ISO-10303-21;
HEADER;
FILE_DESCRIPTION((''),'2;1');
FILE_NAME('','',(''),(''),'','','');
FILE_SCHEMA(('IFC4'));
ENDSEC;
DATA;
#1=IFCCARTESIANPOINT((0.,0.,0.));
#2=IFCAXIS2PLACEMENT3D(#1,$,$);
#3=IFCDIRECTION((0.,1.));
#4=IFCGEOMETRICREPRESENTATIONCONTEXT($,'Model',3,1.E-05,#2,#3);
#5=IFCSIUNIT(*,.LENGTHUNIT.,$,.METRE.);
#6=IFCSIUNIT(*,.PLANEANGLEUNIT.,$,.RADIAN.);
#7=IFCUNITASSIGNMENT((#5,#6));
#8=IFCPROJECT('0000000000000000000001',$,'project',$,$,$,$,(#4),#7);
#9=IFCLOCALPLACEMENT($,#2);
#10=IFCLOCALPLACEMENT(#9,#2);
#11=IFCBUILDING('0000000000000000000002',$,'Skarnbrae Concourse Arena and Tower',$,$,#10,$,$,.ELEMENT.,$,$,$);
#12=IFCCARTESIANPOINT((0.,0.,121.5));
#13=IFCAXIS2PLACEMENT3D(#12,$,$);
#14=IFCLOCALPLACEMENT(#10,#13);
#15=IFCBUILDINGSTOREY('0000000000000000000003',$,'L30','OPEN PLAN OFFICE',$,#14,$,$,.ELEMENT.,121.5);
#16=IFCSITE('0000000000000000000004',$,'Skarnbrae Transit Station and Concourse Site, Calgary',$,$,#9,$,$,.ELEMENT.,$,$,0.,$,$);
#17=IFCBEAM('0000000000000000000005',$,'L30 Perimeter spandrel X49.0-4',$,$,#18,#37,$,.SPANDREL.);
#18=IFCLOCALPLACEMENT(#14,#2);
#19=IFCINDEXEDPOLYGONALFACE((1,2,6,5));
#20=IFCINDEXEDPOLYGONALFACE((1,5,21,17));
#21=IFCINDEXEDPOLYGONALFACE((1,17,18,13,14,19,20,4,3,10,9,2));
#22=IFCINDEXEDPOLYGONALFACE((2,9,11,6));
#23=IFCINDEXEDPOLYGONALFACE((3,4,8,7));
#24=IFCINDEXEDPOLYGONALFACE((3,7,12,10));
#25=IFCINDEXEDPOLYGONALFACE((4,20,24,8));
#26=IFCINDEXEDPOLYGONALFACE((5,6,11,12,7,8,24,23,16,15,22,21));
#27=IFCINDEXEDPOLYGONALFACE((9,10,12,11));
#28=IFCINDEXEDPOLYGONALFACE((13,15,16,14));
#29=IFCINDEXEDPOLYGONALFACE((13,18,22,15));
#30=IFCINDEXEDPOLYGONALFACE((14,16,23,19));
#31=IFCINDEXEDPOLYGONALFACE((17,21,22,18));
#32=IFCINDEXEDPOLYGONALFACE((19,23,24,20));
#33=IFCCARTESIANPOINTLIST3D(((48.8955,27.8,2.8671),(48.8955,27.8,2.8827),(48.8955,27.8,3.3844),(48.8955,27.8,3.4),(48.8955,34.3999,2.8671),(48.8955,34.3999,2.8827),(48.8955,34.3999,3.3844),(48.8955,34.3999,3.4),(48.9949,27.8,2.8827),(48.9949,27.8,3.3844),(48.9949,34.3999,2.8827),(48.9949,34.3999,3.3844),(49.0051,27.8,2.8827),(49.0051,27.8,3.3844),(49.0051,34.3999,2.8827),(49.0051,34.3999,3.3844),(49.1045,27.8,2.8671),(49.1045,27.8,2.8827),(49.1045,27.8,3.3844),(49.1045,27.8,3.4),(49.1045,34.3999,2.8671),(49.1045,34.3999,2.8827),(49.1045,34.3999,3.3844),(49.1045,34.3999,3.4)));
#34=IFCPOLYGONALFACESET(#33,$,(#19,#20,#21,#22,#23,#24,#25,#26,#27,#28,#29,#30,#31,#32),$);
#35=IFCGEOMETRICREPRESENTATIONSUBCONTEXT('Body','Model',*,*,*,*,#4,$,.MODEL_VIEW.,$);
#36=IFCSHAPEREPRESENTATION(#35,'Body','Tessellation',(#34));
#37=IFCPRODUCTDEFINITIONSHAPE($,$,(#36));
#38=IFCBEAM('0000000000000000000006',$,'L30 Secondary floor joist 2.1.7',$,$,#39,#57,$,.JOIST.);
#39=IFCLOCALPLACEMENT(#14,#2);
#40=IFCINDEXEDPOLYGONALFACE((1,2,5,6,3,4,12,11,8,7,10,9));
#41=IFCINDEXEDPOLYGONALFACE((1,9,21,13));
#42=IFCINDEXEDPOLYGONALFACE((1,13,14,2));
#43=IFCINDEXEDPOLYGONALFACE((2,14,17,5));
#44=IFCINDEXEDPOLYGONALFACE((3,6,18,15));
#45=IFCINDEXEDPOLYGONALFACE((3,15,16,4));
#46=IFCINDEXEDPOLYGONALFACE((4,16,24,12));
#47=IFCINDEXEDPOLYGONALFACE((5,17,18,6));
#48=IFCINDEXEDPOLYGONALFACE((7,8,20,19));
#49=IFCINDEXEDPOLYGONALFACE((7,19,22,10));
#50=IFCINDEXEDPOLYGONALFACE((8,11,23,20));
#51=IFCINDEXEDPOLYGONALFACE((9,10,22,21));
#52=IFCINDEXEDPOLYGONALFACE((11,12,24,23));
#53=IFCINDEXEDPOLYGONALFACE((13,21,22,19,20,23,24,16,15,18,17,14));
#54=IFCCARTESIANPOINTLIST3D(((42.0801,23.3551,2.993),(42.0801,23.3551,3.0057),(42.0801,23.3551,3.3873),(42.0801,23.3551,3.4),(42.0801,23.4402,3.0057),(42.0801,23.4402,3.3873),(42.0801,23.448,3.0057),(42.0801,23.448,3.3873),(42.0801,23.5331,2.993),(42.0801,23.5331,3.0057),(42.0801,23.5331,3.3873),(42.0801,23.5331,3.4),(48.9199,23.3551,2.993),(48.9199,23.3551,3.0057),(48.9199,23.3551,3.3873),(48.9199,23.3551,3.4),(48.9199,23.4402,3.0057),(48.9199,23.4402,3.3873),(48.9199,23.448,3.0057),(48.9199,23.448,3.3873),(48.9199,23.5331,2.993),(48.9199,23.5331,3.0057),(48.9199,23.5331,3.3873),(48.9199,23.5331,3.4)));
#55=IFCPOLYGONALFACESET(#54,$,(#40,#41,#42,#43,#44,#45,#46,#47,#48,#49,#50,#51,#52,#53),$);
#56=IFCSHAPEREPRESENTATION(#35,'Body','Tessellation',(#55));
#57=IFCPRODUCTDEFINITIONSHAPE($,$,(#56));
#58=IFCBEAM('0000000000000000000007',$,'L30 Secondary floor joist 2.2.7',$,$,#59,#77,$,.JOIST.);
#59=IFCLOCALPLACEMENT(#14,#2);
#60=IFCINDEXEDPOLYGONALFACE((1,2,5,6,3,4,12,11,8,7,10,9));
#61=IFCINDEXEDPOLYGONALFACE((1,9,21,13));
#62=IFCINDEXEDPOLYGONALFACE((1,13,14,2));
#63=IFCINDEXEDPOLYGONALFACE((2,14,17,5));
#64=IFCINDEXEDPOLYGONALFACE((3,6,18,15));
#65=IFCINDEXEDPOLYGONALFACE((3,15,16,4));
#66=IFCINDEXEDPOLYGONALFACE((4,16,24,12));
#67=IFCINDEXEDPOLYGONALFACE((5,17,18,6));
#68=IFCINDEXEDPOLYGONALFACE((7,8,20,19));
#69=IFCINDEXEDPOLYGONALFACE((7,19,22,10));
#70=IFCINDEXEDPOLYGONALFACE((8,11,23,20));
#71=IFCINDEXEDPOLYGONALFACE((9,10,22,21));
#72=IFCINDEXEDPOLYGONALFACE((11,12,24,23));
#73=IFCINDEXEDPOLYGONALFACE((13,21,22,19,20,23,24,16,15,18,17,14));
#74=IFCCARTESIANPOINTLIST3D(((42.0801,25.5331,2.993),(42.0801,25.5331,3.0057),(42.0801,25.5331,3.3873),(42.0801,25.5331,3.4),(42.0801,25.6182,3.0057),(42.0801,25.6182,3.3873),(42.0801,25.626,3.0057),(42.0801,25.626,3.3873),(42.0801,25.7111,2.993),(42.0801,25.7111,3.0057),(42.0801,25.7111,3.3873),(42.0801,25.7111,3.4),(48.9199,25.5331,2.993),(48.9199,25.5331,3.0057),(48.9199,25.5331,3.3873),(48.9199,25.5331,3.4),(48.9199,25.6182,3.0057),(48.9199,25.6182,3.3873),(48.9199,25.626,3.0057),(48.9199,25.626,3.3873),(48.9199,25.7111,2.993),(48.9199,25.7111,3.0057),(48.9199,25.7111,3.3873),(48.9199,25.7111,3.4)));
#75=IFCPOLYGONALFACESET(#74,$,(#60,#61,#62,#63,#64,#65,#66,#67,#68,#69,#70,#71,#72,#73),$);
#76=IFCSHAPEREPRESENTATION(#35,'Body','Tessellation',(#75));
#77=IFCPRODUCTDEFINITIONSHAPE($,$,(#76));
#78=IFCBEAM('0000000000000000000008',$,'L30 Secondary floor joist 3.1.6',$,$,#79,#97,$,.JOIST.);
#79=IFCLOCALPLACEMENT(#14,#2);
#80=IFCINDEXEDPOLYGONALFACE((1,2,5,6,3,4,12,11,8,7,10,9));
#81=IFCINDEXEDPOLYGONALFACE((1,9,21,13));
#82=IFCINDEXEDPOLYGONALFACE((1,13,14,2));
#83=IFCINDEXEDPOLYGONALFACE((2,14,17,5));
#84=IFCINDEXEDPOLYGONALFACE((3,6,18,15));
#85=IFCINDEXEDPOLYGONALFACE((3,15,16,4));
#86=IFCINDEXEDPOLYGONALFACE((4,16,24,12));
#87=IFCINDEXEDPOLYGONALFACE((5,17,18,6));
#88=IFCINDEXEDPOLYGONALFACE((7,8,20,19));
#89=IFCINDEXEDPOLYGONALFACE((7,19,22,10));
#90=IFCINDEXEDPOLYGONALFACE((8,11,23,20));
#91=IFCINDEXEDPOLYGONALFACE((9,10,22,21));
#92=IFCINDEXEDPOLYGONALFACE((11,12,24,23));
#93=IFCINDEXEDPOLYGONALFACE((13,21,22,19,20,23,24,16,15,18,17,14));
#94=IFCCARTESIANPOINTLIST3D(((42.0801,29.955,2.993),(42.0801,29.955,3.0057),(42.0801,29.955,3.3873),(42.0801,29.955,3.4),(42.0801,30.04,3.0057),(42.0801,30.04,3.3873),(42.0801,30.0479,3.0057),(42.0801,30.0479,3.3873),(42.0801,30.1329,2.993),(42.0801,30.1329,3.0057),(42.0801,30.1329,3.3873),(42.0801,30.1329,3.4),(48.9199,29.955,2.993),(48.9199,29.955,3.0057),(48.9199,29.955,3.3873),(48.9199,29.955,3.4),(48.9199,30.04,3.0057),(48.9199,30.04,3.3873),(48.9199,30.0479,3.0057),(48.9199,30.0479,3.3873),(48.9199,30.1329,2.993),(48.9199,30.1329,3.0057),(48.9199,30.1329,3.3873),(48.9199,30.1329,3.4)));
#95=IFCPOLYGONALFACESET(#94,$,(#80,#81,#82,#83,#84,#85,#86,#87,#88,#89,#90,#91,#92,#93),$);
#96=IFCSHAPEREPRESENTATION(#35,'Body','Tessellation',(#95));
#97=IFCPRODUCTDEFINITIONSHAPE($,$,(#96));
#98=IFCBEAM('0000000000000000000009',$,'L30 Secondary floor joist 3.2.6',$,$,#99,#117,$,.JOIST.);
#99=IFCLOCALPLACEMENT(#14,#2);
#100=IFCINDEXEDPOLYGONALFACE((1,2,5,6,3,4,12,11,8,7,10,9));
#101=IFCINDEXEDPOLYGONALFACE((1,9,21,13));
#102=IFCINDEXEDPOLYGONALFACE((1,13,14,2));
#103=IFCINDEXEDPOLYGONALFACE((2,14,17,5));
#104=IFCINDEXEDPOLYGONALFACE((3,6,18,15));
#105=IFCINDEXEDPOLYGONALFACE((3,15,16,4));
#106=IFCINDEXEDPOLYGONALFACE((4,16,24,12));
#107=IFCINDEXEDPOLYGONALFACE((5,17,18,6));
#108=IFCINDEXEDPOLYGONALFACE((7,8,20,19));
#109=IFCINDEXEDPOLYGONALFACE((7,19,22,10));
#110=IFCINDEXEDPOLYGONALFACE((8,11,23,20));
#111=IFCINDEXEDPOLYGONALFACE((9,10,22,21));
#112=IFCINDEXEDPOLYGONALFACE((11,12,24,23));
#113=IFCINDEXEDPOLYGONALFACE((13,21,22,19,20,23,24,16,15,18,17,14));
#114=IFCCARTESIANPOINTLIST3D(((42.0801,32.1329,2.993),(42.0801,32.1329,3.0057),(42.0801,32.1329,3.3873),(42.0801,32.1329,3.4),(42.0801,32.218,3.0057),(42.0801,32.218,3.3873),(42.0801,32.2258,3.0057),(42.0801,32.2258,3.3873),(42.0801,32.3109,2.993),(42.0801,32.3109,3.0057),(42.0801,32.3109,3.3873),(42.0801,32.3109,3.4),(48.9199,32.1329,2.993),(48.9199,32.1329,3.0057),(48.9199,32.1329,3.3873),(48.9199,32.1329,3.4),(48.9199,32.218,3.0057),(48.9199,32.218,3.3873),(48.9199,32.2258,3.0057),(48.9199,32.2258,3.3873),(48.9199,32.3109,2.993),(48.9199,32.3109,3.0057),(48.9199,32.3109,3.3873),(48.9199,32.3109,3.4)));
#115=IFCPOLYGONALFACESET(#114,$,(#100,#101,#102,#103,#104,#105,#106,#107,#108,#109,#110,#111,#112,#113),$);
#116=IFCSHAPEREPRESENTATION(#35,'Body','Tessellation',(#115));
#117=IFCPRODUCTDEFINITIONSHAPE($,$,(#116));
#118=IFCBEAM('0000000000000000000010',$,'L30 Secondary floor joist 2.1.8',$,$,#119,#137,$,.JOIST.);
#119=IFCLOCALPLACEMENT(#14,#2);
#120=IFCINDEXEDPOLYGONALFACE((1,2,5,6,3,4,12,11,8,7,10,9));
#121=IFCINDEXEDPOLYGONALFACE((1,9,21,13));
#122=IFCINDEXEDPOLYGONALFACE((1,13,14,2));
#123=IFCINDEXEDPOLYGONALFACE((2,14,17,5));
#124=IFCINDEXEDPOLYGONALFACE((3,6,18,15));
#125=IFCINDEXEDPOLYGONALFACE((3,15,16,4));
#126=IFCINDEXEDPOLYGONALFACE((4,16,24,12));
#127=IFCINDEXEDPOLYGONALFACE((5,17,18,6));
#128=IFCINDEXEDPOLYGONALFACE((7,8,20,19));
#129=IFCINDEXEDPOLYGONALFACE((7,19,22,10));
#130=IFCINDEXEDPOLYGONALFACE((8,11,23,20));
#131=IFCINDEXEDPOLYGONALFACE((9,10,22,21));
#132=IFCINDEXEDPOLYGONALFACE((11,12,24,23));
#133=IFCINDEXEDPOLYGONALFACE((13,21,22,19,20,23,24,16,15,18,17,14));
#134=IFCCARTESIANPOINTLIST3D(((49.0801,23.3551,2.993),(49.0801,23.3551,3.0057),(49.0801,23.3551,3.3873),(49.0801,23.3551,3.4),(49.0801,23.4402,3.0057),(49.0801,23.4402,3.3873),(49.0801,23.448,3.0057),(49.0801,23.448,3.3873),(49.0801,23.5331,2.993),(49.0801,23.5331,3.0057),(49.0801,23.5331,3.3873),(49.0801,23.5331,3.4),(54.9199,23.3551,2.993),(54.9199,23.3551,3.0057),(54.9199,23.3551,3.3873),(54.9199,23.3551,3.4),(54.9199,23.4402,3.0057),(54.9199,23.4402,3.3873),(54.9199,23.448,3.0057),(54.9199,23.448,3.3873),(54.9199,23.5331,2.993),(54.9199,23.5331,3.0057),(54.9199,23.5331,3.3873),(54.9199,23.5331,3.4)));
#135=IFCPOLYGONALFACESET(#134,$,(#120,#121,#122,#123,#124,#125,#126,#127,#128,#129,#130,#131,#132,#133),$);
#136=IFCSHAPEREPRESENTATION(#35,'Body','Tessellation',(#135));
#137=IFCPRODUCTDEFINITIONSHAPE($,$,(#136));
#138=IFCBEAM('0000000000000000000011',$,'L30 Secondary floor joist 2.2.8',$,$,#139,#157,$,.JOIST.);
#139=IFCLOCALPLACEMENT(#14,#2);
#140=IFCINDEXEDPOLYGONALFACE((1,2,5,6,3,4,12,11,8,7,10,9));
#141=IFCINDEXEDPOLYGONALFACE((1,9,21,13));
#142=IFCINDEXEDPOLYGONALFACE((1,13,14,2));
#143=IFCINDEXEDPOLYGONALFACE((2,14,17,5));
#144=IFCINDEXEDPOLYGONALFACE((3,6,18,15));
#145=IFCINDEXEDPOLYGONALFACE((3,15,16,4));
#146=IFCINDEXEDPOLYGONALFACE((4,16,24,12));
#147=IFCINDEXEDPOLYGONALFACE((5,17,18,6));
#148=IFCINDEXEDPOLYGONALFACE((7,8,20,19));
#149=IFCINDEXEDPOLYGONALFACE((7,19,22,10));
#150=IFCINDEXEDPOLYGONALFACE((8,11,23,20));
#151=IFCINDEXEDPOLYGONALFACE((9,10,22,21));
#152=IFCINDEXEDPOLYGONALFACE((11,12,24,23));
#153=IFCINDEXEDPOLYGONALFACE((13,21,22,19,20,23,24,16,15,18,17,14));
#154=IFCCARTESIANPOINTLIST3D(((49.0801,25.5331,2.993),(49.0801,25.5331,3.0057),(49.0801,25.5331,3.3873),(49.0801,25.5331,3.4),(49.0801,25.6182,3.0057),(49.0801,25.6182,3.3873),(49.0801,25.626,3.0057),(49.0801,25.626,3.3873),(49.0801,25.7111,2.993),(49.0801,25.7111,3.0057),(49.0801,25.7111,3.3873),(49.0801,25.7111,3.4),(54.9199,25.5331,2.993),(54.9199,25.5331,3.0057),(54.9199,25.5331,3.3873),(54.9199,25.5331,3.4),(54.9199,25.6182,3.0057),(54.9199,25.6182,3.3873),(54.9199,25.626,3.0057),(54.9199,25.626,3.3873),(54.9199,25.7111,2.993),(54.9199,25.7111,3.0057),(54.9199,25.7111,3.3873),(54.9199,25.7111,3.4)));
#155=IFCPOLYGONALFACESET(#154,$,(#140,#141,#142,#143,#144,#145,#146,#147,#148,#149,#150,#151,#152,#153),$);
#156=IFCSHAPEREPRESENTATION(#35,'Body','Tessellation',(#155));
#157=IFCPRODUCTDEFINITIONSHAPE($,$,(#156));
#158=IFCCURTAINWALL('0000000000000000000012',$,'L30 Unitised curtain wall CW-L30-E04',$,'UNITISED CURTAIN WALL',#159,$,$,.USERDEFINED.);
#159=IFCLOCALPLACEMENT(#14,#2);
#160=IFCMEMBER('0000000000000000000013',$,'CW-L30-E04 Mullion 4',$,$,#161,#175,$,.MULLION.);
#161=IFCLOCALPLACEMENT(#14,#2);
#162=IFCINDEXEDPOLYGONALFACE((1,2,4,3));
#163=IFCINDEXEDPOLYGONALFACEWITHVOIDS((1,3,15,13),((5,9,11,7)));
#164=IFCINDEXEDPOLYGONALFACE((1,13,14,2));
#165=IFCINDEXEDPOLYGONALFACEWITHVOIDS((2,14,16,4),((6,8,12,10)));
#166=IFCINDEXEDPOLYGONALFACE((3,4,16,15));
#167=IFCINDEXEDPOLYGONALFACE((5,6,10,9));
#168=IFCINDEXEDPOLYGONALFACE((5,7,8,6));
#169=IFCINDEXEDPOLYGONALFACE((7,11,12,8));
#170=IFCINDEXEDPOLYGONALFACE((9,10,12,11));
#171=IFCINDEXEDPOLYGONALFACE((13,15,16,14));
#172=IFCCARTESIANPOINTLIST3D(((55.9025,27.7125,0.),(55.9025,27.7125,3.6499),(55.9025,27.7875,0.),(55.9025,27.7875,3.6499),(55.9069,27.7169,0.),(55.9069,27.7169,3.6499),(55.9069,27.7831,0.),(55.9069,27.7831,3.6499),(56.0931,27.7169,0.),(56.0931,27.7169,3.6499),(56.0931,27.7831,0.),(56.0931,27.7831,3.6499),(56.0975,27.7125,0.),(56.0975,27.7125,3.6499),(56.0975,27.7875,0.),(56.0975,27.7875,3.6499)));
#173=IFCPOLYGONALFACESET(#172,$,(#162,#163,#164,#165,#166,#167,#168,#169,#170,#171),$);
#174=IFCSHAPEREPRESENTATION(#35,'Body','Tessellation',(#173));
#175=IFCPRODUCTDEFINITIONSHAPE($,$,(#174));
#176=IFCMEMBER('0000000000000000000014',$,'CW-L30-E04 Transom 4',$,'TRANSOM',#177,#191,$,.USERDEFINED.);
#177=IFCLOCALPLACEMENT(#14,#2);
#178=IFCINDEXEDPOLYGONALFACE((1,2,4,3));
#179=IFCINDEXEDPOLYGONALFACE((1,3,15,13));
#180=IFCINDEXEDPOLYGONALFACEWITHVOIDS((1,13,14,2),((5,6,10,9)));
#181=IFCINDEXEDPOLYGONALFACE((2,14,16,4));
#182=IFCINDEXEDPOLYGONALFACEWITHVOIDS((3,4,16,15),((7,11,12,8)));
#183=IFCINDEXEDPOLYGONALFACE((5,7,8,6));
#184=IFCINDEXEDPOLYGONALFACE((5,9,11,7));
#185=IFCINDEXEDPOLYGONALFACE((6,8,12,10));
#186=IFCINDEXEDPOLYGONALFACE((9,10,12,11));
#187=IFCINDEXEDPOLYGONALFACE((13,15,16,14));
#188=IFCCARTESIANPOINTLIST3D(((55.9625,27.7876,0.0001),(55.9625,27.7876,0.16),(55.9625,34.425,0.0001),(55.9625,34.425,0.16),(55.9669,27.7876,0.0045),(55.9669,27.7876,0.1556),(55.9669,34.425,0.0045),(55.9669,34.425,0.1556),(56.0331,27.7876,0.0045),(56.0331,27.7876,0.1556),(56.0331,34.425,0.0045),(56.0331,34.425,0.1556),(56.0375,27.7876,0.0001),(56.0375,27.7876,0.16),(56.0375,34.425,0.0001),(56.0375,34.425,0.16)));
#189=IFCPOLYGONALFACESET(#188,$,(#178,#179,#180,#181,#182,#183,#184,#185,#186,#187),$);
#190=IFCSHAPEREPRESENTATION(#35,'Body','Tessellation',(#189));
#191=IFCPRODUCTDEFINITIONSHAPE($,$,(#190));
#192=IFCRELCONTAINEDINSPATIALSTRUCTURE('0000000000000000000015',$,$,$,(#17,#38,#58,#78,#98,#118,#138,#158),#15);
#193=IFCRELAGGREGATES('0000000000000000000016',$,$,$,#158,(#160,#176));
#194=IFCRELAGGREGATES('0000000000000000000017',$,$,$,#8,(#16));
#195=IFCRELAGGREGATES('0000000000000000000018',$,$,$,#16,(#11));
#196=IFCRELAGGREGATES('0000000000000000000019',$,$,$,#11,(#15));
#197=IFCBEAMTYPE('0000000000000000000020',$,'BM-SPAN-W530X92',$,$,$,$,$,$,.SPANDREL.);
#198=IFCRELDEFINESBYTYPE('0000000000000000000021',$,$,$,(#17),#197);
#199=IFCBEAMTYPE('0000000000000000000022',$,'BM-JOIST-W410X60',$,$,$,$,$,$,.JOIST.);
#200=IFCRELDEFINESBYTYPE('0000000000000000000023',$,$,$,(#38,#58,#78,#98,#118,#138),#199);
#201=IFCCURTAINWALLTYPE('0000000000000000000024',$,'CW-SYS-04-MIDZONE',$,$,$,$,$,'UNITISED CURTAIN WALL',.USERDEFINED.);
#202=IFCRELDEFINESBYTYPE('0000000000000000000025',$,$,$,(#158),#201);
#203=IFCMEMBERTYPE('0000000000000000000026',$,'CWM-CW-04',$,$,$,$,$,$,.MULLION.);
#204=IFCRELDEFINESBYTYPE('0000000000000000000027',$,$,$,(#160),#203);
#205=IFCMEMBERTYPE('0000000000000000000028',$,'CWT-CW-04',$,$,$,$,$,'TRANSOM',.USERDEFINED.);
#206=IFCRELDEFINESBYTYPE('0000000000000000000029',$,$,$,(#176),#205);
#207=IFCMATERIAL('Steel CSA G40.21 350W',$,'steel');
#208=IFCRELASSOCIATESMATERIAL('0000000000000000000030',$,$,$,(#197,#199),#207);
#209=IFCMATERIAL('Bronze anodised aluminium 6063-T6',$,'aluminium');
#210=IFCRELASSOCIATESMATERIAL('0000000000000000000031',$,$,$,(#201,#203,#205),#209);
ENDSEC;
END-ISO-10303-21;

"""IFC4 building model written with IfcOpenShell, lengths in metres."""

from ifc_helpers import new_model, si_unit, direction, frame, origin, origin_2d, place, context, subcontext, project, spatial, hollow_rectangle, i_section, extrude, source, transform, mapped, material, material_profile, profile_set, type_object, element, aggregate, save


model = new_model("IFC4")

# Units and contexts
model_context = context("Model", 3, precision=1e-05, world=origin(), true_north=direction((0.0, 1.0)))
body_context = subcontext(model_context, "Body", "Model", "MODEL_VIEW")
ifc_project = project(units=[si_unit("LENGTHUNIT", "METRE"), si_unit("PLANEANGLEUNIT", "RADIAN")], contexts=[model_context])

# Site, building, storey
site_placement = place(None, origin())
site = spatial("IfcSite", under=ifc_project, at=site_placement, Name="Skarnbrae Transit Station and Concourse Site, Calgary", CompositionType="ELEMENT", RefElevation=0.0)
building_placement = place(site_placement, origin())
building = spatial("IfcBuilding", under=site, at=building_placement, Name="Skarnbrae Concourse Arena and Tower", CompositionType="ELEMENT")
storey_placement = place(building_placement, frame((0.0, 0.0, 121.5)))
storey = spatial("IfcBuildingStorey", under=building, at=storey_placement, Name="L30", Description="OPEN PLAN OFFICE", CompositionType="ELEMENT", Elevation=121.5)

# Shared definitions
ifc_material_1 = material(Name="Steel CSA G40.21 350W", Category="steel")

# Beams
ifc_material_profile_1 = material_profile(ifc_material_1, i_section(OverallWidth=0.209, OverallDepth=0.533, WebThickness=0.0103, FlangeThickness=0.0156, at=origin_2d()), Name="W530X92")
ifc_profile_set_1 = profile_set([ifc_material_profile_1], Name="Steel CSA G40.21 350W")
beam_type_1 = type_object("IfcBeamType", Name="BM-SPAN-W530X92", PredefinedType="SPANDREL", material=ifc_profile_set_1)
shared_shape_1 = source(origin(), body_context, "Body", "SweptSolid", [
    extrude(i_section(OverallWidth=0.209, OverallDepth=0.533, WebThickness=0.0103, FlangeThickness=0.0156, at=origin_2d()), origin(), (0.0, 0.0, 1.0), 6.5999),
])
beam_1_placement = place(storey_placement, frame((49.0, 27.8, 3.1335), z_axis=(0.0, 1.0, 0.0), x_axis=(-1.0, 0.0, 0.0)))
element("IfcBeam", 1, at=beam_1_placement, inside=storey, type_object=beam_type_1, Name="L30 Perimeter spandrel X49.0-4", PredefinedType="SPANDREL", context=body_context, shape_type="MappedRepresentation", body=[
    mapped(shared_shape_1, transform((0.0, 0.0, 0.0))),
])
ifc_material_profile_2 = material_profile(ifc_material_1, i_section(OverallWidth=0.178, OverallDepth=0.407, WebThickness=0.0078, FlangeThickness=0.0127, at=origin_2d()), Name="W410X60")
ifc_profile_set_2 = profile_set([ifc_material_profile_2], Name="Steel CSA G40.21 350W")
beam_type_2 = type_object("IfcBeamType", Name="BM-JOIST-W410X60", PredefinedType="JOIST", material=ifc_profile_set_2)
shared_shape_2 = source(origin(), body_context, "Body", "SweptSolid", [
    extrude(i_section(OverallWidth=0.178, OverallDepth=0.407, WebThickness=0.0078, FlangeThickness=0.0127, at=origin_2d()), origin(), (0.0, 0.0, 1.0), 6.8398),
])
for number, where, z_axis, x_axis, name in (
    (2, (42.0801, 23.4441, 3.1965), (1.0, 0.0, 0.0), (0.0, 1.0, 0.0), "L30 Secondary floor joist 2.1.7"),
    (3, (42.0801, 25.6221, 3.1965), (1.0, 0.0, 0.0), (0.0, 1.0, 0.0), "L30 Secondary floor joist 2.2.7"),
    (4, (42.0801, 30.0439, 3.1965), (1.0, 0.0, 0.0), (0.0, 1.0, 0.0), "L30 Secondary floor joist 3.1.6"),
    (5, (42.0801, 32.2219, 3.1965), (1.0, 0.0, 0.0), (0.0, 1.0, 0.0), "L30 Secondary floor joist 3.2.6"),
):
    element("IfcBeam", number, at=place(storey_placement, frame(where, z_axis=z_axis, x_axis=x_axis)), inside=storey, type_object=beam_type_2, Name=name, PredefinedType="JOIST", context=body_context, shape_type="MappedRepresentation", body=[
        mapped(shared_shape_2, transform((0.0, 0.0, 0.0))),
    ])
shared_shape_3 = source(origin(), body_context, "Body", "SweptSolid", [
    extrude(i_section(OverallWidth=0.178, OverallDepth=0.407, WebThickness=0.0078, FlangeThickness=0.0127, at=origin_2d()), origin(), (0.0, 0.0, 1.0), 5.8398),
])
for number, where, z_axis, x_axis, name in (
    (6, (49.0801, 23.4441, 3.1965), (1.0, 0.0, 0.0), (0.0, 1.0, 0.0), "L30 Secondary floor joist 2.1.8"),
    (7, (49.0801, 25.6221, 3.1965), (1.0, 0.0, 0.0), (0.0, 1.0, 0.0), "L30 Secondary floor joist 2.2.8"),
):
    element("IfcBeam", number, at=place(storey_placement, frame(where, z_axis=z_axis, x_axis=x_axis)), inside=storey, type_object=beam_type_2, Name=name, PredefinedType="JOIST", context=body_context, shape_type="MappedRepresentation", body=[
        mapped(shared_shape_3, transform((0.0, 0.0, 0.0))),
    ])

# Curtain wall, members
ifc_material_2 = material(Name="Bronze anodised aluminium 6063-T6", Category="aluminium")
curtain_wall_type = type_object("IfcCurtainWallType", Name="CW-SYS-04-MIDZONE", ElementType="UNITISED CURTAIN WALL", PredefinedType="USERDEFINED", material=ifc_material_2)
curtain_wall_placement = place(storey_placement, origin())
curtain_wall = element("IfcCurtainWall", 8, at=curtain_wall_placement, inside=storey, type_object=curtain_wall_type, Name="L30 Unitised curtain wall CW-L30-E04", ObjectType="UNITISED CURTAIN WALL", PredefinedType="USERDEFINED")
ifc_material_profile_3 = material_profile(ifc_material_2, hollow_rectangle(XDim=0.075, YDim=0.1951, WallThickness=0.0044, at=origin_2d()), Name="ALU-MULL-75X195")
ifc_profile_set_3 = profile_set([ifc_material_profile_3], Name="Bronze anodised aluminium 6063-T6")
member_type_1 = type_object("IfcMemberType", Name="CWM-CW-04", PredefinedType="MULLION", material=ifc_profile_set_3)
shared_shape_4 = source(origin(), body_context, "Body", "SweptSolid", [
    extrude(hollow_rectangle(XDim=0.075, YDim=0.1951, WallThickness=0.0044, at=origin_2d()), origin(), (0.0, 0.0, 1.0), 3.6499),
])
member_1_placement = place(storey_placement, frame((56.0, 27.75, 0.0), z_axis=(0.0, 0.0, 1.0), x_axis=(0.0, 1.0, 0.0)))
member_1 = element("IfcMember", 9, at=member_1_placement, type_object=member_type_1, Name="CW-L30-E04 Mullion 4", PredefinedType="MULLION", context=body_context, shape_type="MappedRepresentation", body=[
    mapped(shared_shape_4, transform((0.0, 0.0, 0.0))),
])
ifc_material_profile_4 = material_profile(ifc_material_2, hollow_rectangle(XDim=0.075, YDim=0.1599, WallThickness=0.0044, at=origin_2d()), Name="ALU-TRAN-75X160")
ifc_profile_set_4 = profile_set([ifc_material_profile_4], Name="Bronze anodised aluminium 6063-T6")
member_type_2 = type_object("IfcMemberType", Name="CWT-CW-04", ElementType="TRANSOM", PredefinedType="USERDEFINED", material=ifc_profile_set_4)
shared_shape_5 = source(origin(), body_context, "Body", "SweptSolid", [
    extrude(hollow_rectangle(XDim=0.075, YDim=0.1599, WallThickness=0.0044, at=origin_2d()), origin(), (0.0, 0.0, 1.0), 6.6375),
])
member_2_placement = place(storey_placement, frame((56.0, 27.7876, 0.0801), z_axis=(0.0, 1.0, 0.0), x_axis=(-1.0, 0.0, 0.0)))
member_2 = element("IfcMember", 10, at=member_2_placement, type_object=member_type_2, Name="CW-L30-E04 Transom 4", ObjectType="TRANSOM", PredefinedType="USERDEFINED", context=body_context, shape_type="MappedRepresentation", body=[
    mapped(shared_shape_5, transform((0.0, 0.0, 0.0))),
])
aggregate(curtain_wall, [member_1, member_2])

save(model, "model.ifc")
